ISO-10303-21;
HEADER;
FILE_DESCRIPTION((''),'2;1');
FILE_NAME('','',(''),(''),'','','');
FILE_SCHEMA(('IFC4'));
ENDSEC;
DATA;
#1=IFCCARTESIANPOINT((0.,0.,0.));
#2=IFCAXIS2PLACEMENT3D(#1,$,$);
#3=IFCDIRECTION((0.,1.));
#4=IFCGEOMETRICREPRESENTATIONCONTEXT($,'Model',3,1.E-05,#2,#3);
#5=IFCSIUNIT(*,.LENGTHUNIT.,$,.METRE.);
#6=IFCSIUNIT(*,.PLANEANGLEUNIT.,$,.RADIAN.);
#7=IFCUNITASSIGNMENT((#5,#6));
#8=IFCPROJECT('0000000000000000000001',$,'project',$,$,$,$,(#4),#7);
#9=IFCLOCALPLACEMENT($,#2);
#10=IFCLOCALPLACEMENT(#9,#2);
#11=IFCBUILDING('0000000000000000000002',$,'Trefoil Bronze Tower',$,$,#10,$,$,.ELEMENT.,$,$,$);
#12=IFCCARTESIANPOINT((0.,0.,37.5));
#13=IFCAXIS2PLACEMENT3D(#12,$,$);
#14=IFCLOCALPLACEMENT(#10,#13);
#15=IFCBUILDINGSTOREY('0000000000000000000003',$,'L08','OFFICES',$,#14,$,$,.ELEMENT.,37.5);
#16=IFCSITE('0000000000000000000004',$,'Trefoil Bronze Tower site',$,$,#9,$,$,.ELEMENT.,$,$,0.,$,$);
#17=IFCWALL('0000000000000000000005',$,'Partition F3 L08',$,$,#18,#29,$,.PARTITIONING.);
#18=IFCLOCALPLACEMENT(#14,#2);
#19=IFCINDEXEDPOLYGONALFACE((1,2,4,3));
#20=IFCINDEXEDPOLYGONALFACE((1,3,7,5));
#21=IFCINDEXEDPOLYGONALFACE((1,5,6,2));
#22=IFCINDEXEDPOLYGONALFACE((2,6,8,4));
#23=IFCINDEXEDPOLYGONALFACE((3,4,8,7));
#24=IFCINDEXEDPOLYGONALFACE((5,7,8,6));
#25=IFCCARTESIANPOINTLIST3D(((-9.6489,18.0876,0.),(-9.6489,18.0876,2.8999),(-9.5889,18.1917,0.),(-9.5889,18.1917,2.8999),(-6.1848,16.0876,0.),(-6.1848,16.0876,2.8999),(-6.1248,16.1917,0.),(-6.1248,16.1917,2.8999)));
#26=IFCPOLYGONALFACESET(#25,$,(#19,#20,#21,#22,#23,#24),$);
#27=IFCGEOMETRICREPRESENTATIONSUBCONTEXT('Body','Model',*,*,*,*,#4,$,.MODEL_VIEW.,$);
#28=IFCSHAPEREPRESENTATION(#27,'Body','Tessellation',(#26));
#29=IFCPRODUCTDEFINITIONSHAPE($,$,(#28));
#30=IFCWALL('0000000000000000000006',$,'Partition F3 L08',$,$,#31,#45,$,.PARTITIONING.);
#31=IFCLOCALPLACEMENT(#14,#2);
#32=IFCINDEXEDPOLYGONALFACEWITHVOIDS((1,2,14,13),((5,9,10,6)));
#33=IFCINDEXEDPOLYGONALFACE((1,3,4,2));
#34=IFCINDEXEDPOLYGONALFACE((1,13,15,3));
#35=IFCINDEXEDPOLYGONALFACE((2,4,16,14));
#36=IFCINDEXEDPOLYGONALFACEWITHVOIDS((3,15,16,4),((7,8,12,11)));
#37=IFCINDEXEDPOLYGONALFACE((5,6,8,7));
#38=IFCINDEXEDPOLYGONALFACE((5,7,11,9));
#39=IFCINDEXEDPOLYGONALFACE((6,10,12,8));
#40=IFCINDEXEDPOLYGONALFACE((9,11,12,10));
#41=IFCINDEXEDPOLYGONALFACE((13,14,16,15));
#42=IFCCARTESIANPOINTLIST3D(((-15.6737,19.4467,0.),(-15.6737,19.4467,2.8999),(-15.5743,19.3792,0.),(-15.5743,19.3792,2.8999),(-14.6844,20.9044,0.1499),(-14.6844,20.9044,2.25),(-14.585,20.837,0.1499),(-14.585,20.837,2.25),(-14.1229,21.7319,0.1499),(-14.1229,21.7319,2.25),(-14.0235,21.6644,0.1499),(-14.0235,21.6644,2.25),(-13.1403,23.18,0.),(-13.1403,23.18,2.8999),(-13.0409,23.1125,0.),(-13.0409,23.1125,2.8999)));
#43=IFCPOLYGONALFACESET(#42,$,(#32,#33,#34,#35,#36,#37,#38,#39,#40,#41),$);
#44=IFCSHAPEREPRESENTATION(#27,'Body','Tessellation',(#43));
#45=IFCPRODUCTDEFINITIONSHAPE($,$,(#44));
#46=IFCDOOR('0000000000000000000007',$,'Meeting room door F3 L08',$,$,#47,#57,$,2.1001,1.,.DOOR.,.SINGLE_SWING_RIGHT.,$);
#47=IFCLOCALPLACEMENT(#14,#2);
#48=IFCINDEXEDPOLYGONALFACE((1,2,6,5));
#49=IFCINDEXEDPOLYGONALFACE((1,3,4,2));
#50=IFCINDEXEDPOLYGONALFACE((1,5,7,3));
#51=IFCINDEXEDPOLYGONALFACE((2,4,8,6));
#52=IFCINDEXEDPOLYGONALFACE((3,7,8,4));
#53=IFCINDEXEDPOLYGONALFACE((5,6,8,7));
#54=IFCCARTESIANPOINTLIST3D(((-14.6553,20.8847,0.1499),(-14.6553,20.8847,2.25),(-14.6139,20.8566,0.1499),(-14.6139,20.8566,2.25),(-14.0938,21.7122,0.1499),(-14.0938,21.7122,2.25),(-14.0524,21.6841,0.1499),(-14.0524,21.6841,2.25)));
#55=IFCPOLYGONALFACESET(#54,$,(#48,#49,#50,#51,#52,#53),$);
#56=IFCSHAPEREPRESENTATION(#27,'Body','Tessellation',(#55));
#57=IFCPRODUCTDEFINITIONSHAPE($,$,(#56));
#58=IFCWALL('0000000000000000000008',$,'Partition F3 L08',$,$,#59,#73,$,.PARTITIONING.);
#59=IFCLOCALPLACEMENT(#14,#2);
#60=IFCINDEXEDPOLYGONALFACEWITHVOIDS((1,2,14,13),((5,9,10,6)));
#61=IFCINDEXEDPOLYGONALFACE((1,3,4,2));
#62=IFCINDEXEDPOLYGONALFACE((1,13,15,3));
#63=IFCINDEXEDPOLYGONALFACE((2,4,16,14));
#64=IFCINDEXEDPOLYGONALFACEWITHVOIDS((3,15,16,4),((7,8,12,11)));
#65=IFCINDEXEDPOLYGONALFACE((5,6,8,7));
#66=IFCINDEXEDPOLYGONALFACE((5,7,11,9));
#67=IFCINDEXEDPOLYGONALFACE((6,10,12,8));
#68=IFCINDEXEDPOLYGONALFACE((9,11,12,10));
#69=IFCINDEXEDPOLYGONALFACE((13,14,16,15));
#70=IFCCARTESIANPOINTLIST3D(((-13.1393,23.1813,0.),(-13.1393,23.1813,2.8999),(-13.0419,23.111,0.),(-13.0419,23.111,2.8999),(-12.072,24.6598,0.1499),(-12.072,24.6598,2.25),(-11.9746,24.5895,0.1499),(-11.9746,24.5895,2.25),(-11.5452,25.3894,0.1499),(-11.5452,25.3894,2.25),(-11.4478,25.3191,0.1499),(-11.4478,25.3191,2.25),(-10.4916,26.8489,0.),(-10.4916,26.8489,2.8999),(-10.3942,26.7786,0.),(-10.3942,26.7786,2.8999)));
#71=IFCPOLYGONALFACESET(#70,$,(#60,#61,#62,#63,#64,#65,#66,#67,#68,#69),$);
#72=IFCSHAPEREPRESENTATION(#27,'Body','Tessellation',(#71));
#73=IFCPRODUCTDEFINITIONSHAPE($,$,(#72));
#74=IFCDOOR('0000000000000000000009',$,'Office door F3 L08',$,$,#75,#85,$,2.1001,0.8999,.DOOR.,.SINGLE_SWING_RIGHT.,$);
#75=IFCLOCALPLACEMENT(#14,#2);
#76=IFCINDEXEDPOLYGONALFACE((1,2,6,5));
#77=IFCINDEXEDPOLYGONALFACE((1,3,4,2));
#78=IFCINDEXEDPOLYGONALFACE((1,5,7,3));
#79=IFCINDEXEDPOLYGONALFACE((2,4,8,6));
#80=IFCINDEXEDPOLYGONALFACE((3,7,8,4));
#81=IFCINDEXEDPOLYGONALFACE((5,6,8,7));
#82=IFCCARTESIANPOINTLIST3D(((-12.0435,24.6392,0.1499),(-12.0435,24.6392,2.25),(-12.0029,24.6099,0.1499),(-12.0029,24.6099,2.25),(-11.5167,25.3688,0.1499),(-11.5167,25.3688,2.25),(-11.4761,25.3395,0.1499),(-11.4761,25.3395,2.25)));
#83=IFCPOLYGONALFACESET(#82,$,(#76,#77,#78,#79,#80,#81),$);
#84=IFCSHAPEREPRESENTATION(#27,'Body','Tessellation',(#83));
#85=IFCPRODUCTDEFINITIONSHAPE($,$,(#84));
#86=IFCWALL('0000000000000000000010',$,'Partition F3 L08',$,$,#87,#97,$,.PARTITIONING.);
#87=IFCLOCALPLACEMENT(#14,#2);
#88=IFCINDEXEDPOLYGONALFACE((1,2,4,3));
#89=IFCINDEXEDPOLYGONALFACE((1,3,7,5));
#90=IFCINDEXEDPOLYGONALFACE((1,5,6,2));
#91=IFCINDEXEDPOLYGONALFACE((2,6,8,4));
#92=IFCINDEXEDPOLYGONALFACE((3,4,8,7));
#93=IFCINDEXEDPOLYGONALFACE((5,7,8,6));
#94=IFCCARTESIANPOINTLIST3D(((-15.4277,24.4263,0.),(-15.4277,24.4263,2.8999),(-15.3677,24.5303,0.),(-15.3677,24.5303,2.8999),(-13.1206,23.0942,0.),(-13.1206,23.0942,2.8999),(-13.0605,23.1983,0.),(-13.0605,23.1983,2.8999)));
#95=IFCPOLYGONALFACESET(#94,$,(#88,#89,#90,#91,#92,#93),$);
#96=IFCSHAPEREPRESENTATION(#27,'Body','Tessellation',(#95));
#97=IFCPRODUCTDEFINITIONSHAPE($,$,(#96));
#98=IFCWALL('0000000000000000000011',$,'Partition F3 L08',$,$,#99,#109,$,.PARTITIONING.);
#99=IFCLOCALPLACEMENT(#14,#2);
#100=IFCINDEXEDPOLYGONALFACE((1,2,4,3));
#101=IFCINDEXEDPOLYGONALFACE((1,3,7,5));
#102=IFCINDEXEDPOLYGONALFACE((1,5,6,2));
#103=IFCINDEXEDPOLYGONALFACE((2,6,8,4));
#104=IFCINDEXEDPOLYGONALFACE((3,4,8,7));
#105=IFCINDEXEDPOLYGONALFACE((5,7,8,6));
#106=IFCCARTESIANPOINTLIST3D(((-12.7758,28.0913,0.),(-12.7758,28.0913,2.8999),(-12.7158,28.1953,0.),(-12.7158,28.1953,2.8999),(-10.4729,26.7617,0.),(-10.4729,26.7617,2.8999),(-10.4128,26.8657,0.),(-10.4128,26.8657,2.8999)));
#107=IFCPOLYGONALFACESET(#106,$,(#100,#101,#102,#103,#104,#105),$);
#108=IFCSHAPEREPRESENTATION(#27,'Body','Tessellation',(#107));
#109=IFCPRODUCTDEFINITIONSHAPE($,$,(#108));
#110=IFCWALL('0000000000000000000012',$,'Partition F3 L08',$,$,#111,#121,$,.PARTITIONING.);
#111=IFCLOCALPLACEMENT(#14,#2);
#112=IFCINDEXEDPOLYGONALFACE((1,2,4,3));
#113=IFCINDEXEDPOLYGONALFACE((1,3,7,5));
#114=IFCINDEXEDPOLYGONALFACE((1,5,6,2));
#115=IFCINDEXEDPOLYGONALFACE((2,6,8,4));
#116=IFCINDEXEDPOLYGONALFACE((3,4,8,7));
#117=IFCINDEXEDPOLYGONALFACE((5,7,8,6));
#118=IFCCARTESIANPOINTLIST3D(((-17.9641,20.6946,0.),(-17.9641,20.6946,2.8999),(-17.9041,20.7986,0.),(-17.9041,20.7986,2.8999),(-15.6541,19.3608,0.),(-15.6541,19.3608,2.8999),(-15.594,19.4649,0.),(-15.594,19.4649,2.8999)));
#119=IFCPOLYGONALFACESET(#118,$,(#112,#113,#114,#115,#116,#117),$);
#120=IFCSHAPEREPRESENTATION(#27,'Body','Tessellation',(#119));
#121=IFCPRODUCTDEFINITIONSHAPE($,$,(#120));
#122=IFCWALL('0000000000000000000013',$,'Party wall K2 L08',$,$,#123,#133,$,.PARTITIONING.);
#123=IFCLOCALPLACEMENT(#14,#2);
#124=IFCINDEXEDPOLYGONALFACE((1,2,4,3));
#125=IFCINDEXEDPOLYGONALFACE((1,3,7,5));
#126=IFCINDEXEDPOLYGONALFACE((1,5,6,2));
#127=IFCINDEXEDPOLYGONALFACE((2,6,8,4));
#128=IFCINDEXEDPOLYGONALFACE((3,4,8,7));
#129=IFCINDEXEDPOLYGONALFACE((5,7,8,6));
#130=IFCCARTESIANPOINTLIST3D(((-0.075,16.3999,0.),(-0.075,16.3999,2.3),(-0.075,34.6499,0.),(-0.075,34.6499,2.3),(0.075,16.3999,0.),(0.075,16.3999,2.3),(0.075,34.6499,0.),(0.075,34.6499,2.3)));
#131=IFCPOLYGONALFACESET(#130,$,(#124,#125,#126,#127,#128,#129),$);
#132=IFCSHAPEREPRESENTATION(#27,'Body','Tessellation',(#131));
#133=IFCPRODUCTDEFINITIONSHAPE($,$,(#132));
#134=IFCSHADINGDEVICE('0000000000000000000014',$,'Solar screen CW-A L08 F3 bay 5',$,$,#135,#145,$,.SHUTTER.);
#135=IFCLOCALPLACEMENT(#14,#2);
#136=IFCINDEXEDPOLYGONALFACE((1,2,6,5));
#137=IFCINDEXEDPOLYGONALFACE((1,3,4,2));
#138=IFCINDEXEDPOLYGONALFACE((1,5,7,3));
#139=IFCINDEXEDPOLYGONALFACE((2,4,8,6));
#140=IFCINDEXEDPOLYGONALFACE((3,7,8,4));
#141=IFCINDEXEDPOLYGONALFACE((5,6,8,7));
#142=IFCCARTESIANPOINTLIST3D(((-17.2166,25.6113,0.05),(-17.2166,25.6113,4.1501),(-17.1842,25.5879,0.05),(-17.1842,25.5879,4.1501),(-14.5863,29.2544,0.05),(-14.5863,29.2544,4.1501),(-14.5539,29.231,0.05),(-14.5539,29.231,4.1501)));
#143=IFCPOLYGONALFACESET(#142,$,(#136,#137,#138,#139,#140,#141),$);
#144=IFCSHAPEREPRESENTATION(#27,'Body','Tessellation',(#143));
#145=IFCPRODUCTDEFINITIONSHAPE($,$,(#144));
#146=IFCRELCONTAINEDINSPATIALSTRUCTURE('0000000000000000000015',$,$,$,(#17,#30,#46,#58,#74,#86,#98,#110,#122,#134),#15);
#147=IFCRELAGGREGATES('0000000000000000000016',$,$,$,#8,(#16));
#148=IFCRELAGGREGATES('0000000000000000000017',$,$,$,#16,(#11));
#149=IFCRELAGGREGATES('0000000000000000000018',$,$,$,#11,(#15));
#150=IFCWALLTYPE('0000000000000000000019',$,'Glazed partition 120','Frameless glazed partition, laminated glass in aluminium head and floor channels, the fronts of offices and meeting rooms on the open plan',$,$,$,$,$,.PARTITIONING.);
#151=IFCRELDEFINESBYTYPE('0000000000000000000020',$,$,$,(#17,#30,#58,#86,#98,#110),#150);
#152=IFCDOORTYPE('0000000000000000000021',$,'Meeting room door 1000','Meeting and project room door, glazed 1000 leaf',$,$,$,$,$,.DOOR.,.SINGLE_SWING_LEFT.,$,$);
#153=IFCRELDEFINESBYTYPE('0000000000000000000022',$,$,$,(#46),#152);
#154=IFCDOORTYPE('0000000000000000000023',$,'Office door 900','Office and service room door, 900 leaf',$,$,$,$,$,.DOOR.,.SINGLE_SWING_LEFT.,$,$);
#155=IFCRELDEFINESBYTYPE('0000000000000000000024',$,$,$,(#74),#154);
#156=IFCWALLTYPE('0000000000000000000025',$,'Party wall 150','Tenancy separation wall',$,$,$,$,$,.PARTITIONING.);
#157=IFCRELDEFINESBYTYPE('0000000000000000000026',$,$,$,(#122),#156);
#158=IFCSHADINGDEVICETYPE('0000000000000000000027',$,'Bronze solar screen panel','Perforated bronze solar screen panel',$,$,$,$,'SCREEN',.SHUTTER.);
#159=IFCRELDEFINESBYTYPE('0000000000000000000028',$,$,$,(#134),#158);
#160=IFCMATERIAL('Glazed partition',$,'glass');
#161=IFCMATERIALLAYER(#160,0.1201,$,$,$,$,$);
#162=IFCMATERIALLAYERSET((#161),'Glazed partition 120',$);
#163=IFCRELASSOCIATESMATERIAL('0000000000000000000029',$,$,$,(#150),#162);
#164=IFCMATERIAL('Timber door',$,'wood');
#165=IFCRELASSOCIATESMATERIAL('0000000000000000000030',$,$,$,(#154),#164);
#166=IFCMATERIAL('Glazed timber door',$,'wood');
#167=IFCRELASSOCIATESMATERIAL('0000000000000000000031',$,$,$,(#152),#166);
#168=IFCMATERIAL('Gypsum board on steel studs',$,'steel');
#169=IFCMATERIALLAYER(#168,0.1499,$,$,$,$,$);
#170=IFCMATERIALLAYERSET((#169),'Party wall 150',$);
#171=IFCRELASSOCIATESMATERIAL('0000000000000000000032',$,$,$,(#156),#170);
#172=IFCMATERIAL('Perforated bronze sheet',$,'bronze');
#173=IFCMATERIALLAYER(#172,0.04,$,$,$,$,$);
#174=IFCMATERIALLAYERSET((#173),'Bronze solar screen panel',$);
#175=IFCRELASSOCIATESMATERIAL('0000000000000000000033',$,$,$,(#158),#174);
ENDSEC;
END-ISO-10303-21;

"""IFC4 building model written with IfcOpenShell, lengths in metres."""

from ifc_helpers import new_model, si_unit, direction, frame, frame_2d, origin, origin_2d, place, context, subcontext, project, spatial, rectangle, extrude, material, layer, layer_set, type_object, element, fill, save


model = new_model("IFC4")

# Units and contexts
model_context = context("Model", 3, precision=1e-05, world=origin(), true_north=direction((0.0, 1.0)))
body_context = subcontext(model_context, "Body", "Model", "MODEL_VIEW")
ifc_project = project(units=[si_unit("LENGTHUNIT", "METRE"), si_unit("PLANEANGLEUNIT", "RADIAN")], contexts=[model_context])

# Site, building, storey
site_placement = place(None, origin())
site = spatial("IfcSite", under=ifc_project, at=site_placement, Name="Trefoil Bronze Tower site", CompositionType="ELEMENT", RefElevation=0.0)
building_placement = place(site_placement, origin())
building = spatial("IfcBuilding", under=site, at=building_placement, Name="Trefoil Bronze Tower", CompositionType="ELEMENT")
storey_placement = place(building_placement, frame((0.0, 0.0, 37.5)))
storey = spatial("IfcBuildingStorey", under=building, at=storey_placement, Name="L08", Description="OFFICES", CompositionType="ELEMENT", Elevation=37.5)

# Shared definitions
ifc_material_1 = material(Name="Glazed partition", Category="glass")
ifc_layer_1 = layer(ifc_material_1, 0.1201)
ifc_layer_set_1 = layer_set([ifc_layer_1], Name="Glazed partition 120")
wall_type_1 = type_object("IfcWallType", Name="Glazed partition 120", Description="Frameless glazed partition, laminated glass in aluminium head and floor channels, the fronts of offices and meeting rooms on the open plan", PredefinedType="PARTITIONING", material=ifc_layer_set_1)
ifc_material_2 = material(Name="Timber door", Category="wood")
door_type_1 = type_object("IfcDoorType", Name="Office door 900", Description="Office and service room door, 900 leaf", OperationType="SINGLE_SWING_LEFT", PredefinedType="DOOR", material=ifc_material_2)

# Wall
wall_1_placement = place(storey_placement, frame((-6.1548, 16.1396, 0.0), z_axis=(0.0, 0.0, 1.0), x_axis=(-0.866026, 0.499999, 0.0)))
element("IfcWall", 1, at=wall_1_placement, inside=storey, type_object=wall_type_1, Name="Partition F3 L08", PredefinedType="PARTITIONING", context=body_context, shape_type="SweptSolid", body=[
    extrude(rectangle(XDim=4.0, YDim=0.1201, at=frame_2d((2.0, 0.0))), origin(), (0.0, 0.0, 1.0), 2.8999),
])

# Walls, openings, doors
wall_2_placement = place(storey_placement, frame((-13.0906, 23.1462, 0.0), z_axis=(0.0, 0.0, 1.0), x_axis=(-0.561512, -0.827469, 0.0)))
wall_2 = element("IfcWall", 2, at=wall_2_placement, inside=storey, type_object=wall_type_1, Name="Partition F3 L08", PredefinedType="PARTITIONING", context=body_context, shape_type="SweptSolid", body=[
    extrude(rectangle(XDim=4.5117, YDim=0.1201, at=frame_2d((2.2559, 0.0))), origin(), (0.0, 0.0, 1.0), 2.8999),
])
opening_1_placement = place(wall_2_placement, frame((1.75, 0.0, 0.1499)))
opening_1 = element("IfcOpeningElement", 3, at=opening_1_placement, cuts=wall_2, PredefinedType="OPENING", context=body_context, shape_type="SweptSolid", body=[
    extrude(rectangle(XDim=1.0, YDim=2.1001, at=frame_2d((0.5, 1.05))), frame((0.0, 0.0701, 0.0), z_axis=(0.0, -1.0, 0.0), x_axis=(1.0, 0.0, 0.0)), (0.0, 0.0, 1.0), 0.1401),
])
ifc_material_3 = material(Name="Glazed timber door", Category="wood")
door_type_2 = type_object("IfcDoorType", Name="Meeting room door 1000", Description="Meeting and project room door, glazed 1000 leaf", OperationType="SINGLE_SWING_LEFT", PredefinedType="DOOR", material=ifc_material_3)
door_1_placement = place(opening_1_placement, frame((1.0, 0.0, 0.0), z_axis=(0.0, 0.0, 1.0), x_axis=(-1.0, 0.0, 0.0)))
door_1 = element("IfcDoor", 4, at=door_1_placement, inside=storey, type_object=door_type_2, Name="Meeting room door F3 L08", OperationType="SINGLE_SWING_RIGHT", OverallHeight=2.1001, OverallWidth=1.0, PredefinedType="DOOR", context=body_context, shape_type="SweptSolid", body=[
    extrude(rectangle(XDim=1.0, YDim=2.1001, at=frame_2d((0.5, 1.05))), frame((0.0, 0.0249, 0.0), z_axis=(0.0, -1.0, 0.0), x_axis=(1.0, 0.0, 0.0)), (0.0, 0.0, 1.0), 0.05),
])
fill(opening_1, door_1)
wall_3_placement = place(storey_placement, frame((-10.4429, 26.8137, 0.0), z_axis=(0.0, 0.0, 1.0), x_axis=(-0.585341, -0.810787, 0.0)))
wall_3 = element("IfcWall", 5, at=wall_3_placement, inside=storey, type_object=wall_type_1, Name="Partition F3 L08", PredefinedType="PARTITIONING", context=body_context, shape_type="SweptSolid", body=[
    extrude(rectangle(XDim=4.5234, YDim=0.1201, at=frame_2d((2.2617, 0.0))), origin(), (0.0, 0.0, 1.0), 2.8999),
])
opening_2_placement = place(wall_3_placement, frame((1.8, 0.0, 0.1499)))
opening_2 = element("IfcOpeningElement", 6, at=opening_2_placement, cuts=wall_3, PredefinedType="OPENING", context=body_context, shape_type="SweptSolid", body=[
    extrude(rectangle(XDim=0.8999, YDim=2.1001, at=frame_2d((0.45, 1.05))), frame((0.0, 0.0701, 0.0), z_axis=(0.0, -1.0, 0.0), x_axis=(1.0, 0.0, 0.0)), (0.0, 0.0, 1.0), 0.1401),
])
door_2_placement = place(opening_2_placement, frame((0.8999, 0.0, 0.0), z_axis=(0.0, 0.0, 1.0), x_axis=(-1.0, 0.0, 0.0)))
door_2 = element("IfcDoor", 7, at=door_2_placement, inside=storey, type_object=door_type_1, Name="Office door F3 L08", OperationType="SINGLE_SWING_RIGHT", OverallHeight=2.1001, OverallWidth=0.8999, PredefinedType="DOOR", context=body_context, shape_type="SweptSolid", body=[
    extrude(rectangle(XDim=0.8999, YDim=2.1001, at=frame_2d((0.45, 1.05))), frame((0.0, 0.0249, 0.0), z_axis=(0.0, -1.0, 0.0), x_axis=(1.0, 0.0, 0.0)), (0.0, 0.0, 1.0), 0.05),
])
fill(opening_2, door_2)

# Walls
wall_4_placement = place(storey_placement, frame((-13.0906, 23.1462, 0.0), z_axis=(0.0, 0.0, 1.0), x_axis=(-0.866024, 0.500003, 0.0)))
element("IfcWall", 8, at=wall_4_placement, inside=storey, type_object=wall_type_1, Name="Partition F3 L08", PredefinedType="PARTITIONING", context=body_context, shape_type="SweptSolid", body=[
    extrude(rectangle(XDim=2.6641, YDim=0.1201, at=frame_2d((1.332, 0.0))), origin(), (0.0, 0.0, 1.0), 2.8999),
])
wall_5_placement = place(storey_placement, frame((-10.4429, 26.8137, 0.0), z_axis=(0.0, 0.0, 1.0), x_axis=(-0.866031, 0.49999, 0.0)))
element("IfcWall", 9, at=wall_5_placement, inside=storey, type_object=wall_type_1, Name="Partition F3 L08", PredefinedType="PARTITIONING", context=body_context, shape_type="SweptSolid", body=[
    extrude(rectangle(XDim=2.6592, YDim=0.1201, at=frame_2d((1.3296, 0.0))), origin(), (0.0, 0.0, 1.0), 2.8999),
])
wall_6_placement = place(storey_placement, frame((-15.624, 19.4128, 0.0), z_axis=(0.0, 0.0, 1.0), x_axis=(-0.866021, 0.500008, 0.0)))
element("IfcWall", 10, at=wall_6_placement, inside=storey, type_object=wall_type_1, Name="Partition F3 L08", PredefinedType="PARTITIONING", context=body_context, shape_type="SweptSolid", body=[
    extrude(rectangle(XDim=2.6675, YDim=0.1201, at=frame_2d((1.3337, 0.0))), origin(), (0.0, 0.0, 1.0), 2.8999),
])
ifc_material_4 = material(Name="Gypsum board on steel studs", Category="steel")
ifc_layer_2 = layer(ifc_material_4, 0.1499)
ifc_layer_set_2 = layer_set([ifc_layer_2], Name="Party wall 150")
wall_type_2 = type_object("IfcWallType", Name="Party wall 150", Description="Tenancy separation wall", PredefinedType="PARTITIONING", material=ifc_layer_set_2)
wall_7_placement = place(storey_placement, frame((0.0, 16.3999, 0.0), z_axis=(0.0, 0.0, 1.0), x_axis=(0.0, 1.0, 0.0)))
element("IfcWall", 11, at=wall_7_placement, inside=storey, type_object=wall_type_2, Name="Party wall K2 L08", PredefinedType="PARTITIONING", context=body_context, shape_type="SweptSolid", body=[
    extrude(rectangle(XDim=18.25, YDim=0.1499, at=frame_2d((9.125, 0.0))), origin(), (0.0, 0.0, 1.0), 2.3),
])

# Shading device
ifc_material_5 = material(Name="Perforated bronze sheet", Category="bronze")
ifc_layer_3 = layer(ifc_material_5, 0.04)
ifc_layer_set_3 = layer_set([ifc_layer_3], Name="Bronze solar screen panel")
shading_device_type = type_object("IfcShadingDeviceType", Name="Bronze solar screen panel", Description="Perforated bronze solar screen panel", ElementType="SCREEN", PredefinedType="SHUTTER", material=ifc_layer_set_3)
shading_device_placement = place(storey_placement, frame((-15.8853, 27.4211, 0.05), z_axis=(0.0, 0.0, 1.0), x_axis=(-0.585373, -0.810764, 0.0)))
element("IfcShadingDevice", 12, at=shading_device_placement, inside=storey, type_object=shading_device_type, Name="Solar screen CW-A L08 F3 bay 5", PredefinedType="SHUTTER", context=body_context, shape_type="SweptSolid", body=[
    extrude(rectangle(XDim=4.4934, YDim=0.04, at=origin_2d()), origin(), (0.0, 0.0, 1.0), 4.1001),
])

save(model, "model.ifc")
